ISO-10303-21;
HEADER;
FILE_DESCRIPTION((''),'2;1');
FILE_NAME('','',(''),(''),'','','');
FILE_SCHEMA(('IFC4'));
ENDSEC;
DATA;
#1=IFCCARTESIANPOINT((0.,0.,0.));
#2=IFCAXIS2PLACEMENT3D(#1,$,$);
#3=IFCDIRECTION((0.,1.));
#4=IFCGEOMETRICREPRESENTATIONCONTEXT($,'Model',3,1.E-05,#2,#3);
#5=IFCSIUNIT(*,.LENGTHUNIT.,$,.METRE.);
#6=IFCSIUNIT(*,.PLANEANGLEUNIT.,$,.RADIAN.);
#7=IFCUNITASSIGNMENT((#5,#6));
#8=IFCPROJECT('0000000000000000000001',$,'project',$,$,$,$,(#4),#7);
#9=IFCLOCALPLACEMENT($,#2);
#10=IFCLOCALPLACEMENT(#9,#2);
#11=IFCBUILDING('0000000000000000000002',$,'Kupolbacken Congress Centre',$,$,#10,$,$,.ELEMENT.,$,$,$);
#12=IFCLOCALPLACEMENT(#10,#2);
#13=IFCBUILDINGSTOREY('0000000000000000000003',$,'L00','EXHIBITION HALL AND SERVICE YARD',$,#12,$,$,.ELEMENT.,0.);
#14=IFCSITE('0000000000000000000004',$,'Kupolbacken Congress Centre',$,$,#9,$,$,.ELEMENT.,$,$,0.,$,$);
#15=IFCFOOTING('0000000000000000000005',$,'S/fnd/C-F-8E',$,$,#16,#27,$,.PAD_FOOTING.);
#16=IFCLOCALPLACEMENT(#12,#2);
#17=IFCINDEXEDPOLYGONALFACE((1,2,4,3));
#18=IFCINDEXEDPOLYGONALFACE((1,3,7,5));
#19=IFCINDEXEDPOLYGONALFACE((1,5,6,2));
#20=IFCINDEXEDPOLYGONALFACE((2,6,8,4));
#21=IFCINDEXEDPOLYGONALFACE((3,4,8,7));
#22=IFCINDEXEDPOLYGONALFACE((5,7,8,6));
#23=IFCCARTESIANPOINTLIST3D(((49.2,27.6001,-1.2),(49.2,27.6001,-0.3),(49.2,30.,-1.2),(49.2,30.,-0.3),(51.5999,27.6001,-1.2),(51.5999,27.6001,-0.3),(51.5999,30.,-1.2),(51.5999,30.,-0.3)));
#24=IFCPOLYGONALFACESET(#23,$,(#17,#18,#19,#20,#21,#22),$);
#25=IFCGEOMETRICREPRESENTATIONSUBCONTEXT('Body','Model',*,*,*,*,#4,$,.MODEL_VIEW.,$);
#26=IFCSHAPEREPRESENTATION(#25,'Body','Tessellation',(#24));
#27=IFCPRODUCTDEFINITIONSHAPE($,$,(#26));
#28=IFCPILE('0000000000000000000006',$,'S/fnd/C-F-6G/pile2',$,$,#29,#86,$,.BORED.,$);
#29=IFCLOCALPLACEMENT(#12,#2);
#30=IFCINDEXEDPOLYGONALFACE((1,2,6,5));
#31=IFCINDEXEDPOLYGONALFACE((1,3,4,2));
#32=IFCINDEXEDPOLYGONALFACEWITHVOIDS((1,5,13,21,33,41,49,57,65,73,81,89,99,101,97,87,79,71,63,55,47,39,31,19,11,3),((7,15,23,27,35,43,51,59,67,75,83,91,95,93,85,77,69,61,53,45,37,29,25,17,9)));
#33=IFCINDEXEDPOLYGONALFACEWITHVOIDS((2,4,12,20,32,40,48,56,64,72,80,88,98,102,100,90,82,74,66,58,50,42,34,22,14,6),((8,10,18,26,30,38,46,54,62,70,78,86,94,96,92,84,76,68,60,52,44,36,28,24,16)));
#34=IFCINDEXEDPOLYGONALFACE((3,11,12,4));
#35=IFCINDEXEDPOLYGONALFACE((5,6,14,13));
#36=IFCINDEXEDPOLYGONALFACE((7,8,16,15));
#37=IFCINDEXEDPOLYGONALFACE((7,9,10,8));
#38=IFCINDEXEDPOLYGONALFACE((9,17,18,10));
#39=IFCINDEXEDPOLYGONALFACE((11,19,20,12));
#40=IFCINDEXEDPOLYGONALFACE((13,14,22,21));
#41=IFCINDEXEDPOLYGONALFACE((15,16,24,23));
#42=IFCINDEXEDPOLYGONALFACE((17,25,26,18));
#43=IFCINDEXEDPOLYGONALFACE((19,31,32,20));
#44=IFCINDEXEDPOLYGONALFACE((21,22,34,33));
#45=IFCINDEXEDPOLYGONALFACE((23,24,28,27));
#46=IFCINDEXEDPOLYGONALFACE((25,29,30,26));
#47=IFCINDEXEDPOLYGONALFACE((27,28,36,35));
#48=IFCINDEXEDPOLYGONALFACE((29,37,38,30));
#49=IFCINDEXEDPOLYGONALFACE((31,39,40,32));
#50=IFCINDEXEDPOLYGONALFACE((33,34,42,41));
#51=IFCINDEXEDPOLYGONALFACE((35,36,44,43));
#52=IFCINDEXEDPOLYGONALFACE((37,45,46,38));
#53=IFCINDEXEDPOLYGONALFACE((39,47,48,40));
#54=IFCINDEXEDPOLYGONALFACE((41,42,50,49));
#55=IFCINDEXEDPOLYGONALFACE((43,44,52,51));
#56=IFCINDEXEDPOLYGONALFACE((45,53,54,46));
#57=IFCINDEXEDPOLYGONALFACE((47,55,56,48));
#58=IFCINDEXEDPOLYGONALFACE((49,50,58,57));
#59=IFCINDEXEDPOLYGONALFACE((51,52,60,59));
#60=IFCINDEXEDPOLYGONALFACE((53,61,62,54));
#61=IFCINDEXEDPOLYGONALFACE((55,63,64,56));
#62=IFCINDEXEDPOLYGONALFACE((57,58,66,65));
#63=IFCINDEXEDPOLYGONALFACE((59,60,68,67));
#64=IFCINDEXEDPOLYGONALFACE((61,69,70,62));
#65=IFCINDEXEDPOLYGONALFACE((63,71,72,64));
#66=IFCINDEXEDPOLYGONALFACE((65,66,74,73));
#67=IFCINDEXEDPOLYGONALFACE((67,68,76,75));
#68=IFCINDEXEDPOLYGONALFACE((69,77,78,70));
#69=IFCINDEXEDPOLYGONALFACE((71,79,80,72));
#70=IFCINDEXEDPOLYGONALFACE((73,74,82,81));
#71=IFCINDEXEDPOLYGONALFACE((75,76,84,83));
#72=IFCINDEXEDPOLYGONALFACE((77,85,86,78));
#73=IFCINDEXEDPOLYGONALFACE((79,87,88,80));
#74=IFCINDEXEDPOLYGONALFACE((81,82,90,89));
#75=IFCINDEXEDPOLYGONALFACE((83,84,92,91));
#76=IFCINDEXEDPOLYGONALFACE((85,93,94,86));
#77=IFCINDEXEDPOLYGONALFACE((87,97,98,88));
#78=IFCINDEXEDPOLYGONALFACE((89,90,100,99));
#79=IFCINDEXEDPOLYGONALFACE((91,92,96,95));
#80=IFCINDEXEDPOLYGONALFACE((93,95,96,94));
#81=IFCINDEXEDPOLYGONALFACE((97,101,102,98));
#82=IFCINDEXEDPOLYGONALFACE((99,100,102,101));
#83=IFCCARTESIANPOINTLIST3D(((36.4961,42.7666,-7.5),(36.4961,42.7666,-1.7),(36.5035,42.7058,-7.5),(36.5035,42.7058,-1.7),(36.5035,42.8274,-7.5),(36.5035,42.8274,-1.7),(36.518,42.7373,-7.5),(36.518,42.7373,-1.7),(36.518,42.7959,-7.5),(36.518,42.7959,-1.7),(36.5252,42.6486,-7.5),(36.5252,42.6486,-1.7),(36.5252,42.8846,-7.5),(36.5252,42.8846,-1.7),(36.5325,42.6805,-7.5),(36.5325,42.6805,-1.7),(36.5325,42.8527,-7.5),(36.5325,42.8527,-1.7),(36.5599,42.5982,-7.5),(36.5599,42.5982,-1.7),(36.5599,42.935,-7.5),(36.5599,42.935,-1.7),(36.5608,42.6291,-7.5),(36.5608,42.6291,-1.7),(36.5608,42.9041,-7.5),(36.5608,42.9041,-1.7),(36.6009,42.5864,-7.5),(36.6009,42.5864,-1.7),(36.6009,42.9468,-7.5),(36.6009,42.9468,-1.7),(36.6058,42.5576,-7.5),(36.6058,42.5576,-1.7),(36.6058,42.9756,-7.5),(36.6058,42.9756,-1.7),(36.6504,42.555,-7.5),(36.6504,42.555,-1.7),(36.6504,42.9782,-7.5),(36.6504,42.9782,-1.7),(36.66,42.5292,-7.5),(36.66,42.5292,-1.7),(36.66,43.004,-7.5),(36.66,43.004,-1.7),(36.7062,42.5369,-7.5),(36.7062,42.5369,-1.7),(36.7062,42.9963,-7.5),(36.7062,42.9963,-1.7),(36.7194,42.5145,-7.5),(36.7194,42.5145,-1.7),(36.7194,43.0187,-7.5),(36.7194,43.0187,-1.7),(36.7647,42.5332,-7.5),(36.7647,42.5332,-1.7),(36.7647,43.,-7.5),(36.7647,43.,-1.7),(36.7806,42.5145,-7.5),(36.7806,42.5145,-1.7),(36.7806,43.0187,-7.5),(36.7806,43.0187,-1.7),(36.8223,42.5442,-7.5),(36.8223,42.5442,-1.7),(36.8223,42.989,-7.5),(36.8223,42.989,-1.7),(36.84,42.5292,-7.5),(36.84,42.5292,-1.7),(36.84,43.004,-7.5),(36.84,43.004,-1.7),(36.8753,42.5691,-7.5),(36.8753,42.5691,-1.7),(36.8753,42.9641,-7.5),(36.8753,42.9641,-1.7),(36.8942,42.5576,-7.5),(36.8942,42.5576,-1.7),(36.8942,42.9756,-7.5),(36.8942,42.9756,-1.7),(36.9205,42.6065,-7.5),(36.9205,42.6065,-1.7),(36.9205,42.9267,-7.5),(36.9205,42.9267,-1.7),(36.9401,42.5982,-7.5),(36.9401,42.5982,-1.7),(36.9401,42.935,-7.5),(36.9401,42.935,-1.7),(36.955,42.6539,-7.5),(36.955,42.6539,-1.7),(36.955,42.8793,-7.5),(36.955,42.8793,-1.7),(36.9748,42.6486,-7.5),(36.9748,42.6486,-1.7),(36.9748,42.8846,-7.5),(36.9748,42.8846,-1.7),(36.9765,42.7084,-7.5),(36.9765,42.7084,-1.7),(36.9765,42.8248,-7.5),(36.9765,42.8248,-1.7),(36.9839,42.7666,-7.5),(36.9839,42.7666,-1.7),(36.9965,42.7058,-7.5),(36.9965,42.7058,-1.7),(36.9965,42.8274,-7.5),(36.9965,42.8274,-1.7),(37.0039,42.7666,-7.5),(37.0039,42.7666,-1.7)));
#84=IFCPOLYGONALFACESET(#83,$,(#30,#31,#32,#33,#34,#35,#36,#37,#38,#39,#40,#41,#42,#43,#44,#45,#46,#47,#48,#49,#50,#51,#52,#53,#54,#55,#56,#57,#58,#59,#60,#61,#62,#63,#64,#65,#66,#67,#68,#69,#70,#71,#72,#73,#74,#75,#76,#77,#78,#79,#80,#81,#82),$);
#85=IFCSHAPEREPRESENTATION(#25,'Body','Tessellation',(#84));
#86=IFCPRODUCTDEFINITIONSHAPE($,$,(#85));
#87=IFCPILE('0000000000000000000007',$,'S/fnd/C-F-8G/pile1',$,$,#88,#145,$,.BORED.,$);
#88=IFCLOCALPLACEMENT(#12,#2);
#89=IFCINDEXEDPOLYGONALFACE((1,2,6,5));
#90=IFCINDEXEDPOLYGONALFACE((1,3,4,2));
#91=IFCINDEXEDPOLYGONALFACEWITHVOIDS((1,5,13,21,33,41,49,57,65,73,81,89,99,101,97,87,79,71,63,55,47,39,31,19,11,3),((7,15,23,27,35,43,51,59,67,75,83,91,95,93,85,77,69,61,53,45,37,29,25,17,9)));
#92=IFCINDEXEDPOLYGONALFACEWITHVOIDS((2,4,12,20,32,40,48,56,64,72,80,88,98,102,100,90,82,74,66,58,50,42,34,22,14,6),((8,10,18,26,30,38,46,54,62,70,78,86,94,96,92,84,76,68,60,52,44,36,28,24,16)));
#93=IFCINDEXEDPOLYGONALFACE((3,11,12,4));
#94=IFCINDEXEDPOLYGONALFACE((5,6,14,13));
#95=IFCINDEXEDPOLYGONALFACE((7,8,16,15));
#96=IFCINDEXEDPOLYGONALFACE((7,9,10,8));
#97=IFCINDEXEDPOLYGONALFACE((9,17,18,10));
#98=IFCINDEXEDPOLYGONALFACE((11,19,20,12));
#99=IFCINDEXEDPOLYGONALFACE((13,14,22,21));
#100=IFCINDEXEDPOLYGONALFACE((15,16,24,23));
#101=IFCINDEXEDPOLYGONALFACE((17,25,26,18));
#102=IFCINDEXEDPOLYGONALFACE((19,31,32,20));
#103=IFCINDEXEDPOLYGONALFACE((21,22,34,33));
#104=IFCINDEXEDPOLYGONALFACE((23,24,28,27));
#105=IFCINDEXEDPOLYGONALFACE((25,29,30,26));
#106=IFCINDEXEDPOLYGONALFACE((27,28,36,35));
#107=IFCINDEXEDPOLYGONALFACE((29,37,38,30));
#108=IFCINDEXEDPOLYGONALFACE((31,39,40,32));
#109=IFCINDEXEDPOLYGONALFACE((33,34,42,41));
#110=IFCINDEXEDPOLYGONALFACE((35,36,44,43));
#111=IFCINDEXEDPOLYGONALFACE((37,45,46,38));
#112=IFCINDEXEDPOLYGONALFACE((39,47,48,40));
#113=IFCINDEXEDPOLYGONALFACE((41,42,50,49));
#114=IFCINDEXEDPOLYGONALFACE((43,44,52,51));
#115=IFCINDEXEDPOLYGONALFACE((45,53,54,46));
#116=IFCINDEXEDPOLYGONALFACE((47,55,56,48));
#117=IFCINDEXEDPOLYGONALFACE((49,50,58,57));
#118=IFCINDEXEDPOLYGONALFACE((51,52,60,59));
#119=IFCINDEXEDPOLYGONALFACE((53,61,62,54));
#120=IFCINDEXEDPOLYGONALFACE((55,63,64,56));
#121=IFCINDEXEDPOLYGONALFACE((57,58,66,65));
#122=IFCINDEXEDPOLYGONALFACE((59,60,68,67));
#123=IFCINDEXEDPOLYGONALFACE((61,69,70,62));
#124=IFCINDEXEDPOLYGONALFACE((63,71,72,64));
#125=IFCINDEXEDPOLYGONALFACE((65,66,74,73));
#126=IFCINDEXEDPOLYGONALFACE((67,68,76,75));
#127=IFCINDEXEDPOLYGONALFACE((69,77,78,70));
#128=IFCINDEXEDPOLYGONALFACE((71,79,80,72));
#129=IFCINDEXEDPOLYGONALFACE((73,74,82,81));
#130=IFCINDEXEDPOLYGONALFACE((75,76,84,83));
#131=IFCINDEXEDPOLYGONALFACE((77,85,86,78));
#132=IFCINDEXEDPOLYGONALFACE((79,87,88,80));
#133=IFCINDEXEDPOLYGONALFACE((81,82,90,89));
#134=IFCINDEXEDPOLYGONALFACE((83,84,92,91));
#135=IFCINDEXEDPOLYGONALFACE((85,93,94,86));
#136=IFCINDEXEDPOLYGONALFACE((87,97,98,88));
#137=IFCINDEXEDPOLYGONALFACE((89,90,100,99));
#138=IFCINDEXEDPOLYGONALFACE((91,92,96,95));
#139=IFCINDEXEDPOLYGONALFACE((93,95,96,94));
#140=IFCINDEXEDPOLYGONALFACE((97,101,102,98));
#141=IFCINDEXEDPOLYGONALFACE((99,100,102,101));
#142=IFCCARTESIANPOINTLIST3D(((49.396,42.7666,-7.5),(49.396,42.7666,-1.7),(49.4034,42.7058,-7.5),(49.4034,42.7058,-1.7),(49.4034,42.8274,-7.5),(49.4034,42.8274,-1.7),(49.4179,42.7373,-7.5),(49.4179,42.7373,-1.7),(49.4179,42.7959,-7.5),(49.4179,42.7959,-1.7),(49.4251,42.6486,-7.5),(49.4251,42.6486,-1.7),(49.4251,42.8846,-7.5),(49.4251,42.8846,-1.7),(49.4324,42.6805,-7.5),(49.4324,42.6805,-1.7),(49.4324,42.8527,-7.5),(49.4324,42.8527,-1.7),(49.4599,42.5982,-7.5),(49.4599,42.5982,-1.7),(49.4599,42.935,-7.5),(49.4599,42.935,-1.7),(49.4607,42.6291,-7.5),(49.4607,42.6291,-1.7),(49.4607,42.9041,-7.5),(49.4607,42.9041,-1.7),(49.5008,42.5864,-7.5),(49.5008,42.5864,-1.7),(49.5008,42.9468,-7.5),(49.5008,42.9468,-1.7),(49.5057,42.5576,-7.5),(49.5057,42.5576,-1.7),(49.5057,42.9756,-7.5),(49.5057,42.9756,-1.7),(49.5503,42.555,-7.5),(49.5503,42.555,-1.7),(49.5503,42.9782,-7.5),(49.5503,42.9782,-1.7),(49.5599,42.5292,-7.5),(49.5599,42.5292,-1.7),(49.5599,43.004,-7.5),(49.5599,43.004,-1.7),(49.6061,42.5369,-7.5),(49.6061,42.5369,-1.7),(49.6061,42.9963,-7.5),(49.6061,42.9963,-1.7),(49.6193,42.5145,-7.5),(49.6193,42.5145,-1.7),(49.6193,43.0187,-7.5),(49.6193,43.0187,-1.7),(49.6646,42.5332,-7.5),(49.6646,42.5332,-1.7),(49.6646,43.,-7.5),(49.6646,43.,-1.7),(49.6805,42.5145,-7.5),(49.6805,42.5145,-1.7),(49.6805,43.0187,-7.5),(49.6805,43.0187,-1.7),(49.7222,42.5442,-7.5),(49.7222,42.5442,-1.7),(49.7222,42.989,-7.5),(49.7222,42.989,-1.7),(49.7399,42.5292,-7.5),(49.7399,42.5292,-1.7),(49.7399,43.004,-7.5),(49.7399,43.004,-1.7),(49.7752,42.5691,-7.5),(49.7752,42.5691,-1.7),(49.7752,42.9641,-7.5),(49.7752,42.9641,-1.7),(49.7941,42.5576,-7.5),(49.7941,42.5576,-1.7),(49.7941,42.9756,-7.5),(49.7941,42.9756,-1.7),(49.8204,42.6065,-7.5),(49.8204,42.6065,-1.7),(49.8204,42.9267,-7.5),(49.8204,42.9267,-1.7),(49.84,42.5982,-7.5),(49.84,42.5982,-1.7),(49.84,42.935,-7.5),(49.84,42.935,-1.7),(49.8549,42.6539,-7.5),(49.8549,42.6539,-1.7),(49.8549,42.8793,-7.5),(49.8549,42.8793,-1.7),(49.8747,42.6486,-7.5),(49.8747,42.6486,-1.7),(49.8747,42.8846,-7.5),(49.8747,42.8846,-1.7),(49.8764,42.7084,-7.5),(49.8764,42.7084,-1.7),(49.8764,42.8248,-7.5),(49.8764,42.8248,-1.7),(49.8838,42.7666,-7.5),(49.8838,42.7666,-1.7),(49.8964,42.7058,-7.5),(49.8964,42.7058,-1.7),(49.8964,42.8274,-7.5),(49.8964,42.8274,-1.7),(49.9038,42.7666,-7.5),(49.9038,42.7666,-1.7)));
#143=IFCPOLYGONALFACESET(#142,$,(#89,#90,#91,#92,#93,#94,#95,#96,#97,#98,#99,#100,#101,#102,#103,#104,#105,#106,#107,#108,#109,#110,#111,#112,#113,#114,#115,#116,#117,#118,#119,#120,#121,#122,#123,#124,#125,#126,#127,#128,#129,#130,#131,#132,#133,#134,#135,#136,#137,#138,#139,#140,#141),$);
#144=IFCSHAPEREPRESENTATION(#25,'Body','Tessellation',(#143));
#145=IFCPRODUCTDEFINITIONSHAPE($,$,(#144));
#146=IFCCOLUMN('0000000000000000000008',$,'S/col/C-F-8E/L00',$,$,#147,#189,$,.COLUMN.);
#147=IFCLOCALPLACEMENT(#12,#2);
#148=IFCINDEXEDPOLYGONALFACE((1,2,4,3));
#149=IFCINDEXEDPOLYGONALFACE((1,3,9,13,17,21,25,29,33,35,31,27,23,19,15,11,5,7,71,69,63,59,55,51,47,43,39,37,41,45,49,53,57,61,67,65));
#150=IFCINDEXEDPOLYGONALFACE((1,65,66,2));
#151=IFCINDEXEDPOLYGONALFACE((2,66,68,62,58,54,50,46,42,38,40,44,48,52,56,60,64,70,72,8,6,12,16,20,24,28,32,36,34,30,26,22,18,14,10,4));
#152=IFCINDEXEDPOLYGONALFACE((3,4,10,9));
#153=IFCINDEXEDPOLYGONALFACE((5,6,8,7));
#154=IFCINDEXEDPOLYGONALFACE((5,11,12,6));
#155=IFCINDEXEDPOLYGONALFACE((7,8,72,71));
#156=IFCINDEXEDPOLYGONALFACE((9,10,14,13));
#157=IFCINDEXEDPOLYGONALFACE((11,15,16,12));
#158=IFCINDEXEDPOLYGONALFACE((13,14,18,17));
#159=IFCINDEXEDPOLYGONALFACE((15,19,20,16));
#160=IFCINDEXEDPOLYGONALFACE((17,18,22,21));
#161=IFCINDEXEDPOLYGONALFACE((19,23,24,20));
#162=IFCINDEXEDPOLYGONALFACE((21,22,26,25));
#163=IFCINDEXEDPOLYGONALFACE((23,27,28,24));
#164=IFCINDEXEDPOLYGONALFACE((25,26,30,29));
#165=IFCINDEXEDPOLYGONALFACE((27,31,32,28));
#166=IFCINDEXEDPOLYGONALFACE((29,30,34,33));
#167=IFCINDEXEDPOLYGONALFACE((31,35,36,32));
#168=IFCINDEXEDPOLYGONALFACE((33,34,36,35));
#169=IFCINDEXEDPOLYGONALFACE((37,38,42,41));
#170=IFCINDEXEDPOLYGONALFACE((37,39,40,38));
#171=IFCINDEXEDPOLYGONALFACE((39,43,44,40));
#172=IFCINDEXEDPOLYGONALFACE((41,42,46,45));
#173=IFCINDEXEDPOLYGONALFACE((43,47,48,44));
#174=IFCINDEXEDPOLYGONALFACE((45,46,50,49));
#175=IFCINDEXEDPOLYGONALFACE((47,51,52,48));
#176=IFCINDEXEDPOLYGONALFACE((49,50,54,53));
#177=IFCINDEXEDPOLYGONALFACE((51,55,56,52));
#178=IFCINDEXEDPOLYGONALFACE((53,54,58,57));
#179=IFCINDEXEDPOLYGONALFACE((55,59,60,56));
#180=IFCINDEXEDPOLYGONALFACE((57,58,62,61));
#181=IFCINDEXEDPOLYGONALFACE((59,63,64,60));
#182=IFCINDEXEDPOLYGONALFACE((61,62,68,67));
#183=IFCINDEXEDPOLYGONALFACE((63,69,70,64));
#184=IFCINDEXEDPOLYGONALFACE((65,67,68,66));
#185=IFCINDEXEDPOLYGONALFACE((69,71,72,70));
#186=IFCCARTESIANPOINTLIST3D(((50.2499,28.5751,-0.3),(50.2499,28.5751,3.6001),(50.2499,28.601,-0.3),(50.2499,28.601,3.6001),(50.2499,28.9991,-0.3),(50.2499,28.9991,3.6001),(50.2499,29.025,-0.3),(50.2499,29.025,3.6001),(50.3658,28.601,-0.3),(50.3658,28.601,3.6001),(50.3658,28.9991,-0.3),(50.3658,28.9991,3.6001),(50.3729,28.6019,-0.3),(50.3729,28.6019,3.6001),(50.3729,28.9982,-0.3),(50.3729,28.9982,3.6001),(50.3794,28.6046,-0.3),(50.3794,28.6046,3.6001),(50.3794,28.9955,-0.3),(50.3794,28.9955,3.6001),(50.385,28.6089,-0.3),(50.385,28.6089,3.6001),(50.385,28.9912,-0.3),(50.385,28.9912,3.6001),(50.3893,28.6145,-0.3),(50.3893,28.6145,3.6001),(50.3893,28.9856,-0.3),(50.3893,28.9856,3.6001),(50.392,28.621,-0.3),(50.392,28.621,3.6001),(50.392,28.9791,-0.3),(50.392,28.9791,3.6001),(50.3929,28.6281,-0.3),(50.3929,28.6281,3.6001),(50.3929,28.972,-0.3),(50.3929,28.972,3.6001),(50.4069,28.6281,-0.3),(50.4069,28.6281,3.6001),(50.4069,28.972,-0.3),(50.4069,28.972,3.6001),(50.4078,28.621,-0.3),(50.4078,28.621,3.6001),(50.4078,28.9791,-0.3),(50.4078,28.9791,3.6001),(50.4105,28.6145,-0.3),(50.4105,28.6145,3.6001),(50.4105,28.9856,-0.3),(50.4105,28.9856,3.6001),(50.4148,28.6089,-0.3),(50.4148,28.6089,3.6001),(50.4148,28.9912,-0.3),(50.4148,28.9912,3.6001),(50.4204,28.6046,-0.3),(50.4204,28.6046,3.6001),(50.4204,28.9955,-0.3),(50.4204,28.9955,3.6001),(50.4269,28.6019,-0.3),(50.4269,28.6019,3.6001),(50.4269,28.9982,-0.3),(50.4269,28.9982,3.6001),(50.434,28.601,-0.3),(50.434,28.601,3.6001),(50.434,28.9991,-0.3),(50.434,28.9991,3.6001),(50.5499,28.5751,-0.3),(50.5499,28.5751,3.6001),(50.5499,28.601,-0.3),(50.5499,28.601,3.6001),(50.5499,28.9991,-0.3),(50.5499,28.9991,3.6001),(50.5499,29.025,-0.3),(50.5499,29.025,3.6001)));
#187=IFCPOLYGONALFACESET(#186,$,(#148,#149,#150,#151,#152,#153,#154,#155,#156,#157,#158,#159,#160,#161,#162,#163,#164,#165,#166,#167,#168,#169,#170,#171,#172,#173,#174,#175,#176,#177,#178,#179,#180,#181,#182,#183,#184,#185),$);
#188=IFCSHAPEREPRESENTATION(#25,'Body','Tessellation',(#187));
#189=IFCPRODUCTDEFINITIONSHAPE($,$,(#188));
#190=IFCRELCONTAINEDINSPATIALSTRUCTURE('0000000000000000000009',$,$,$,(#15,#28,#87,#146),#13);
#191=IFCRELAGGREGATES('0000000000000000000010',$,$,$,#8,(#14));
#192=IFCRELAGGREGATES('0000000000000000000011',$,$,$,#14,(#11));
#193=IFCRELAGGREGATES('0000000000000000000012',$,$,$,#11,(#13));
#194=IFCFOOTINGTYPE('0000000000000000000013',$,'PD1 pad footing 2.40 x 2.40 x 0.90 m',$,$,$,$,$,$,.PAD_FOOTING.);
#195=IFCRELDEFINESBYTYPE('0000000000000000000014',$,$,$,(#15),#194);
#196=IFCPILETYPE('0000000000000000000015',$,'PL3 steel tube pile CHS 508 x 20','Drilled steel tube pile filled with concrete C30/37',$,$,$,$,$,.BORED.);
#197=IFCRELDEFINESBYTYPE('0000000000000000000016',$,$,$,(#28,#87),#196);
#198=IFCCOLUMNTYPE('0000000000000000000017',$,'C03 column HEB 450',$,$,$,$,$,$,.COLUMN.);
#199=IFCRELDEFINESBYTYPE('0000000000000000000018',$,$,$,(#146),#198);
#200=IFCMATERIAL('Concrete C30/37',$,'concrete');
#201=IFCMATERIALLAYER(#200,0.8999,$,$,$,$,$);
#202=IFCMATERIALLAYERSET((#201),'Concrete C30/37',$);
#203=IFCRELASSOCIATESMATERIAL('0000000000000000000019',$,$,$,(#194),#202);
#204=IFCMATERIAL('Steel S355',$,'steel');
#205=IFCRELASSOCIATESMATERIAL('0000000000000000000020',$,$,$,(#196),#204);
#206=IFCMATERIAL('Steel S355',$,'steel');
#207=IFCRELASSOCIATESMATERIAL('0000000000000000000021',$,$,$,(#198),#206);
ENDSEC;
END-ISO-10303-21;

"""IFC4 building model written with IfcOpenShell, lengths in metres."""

from ifc_helpers import new_model, si_unit, direction, frame, origin, origin_2d, place, context, subcontext, project, spatial, rectangle, hollow_circle, i_section, extrude, material, layer, layer_set, material_profile, profile_set, type_object, element, save


model = new_model("IFC4")

# Units and contexts
model_context = context("Model", 3, precision=1e-05, world=origin(), true_north=direction((0.0, 1.0)))
body_context = subcontext(model_context, "Body", "Model", "MODEL_VIEW")
ifc_project = project(units=[si_unit("LENGTHUNIT", "METRE"), si_unit("PLANEANGLEUNIT", "RADIAN")], contexts=[model_context])

# Site, building, storey
site_placement = place(None, origin())
site = spatial("IfcSite", under=ifc_project, at=site_placement, Name="Kupolbacken Congress Centre", CompositionType="ELEMENT", RefElevation=0.0)
building_placement = place(site_placement, origin())
building = spatial("IfcBuilding", under=site, at=building_placement, Name="Kupolbacken Congress Centre", CompositionType="ELEMENT")
storey_placement = place(building_placement, origin())
storey = spatial("IfcBuildingStorey", under=building, at=storey_placement, Name="L00", Description="EXHIBITION HALL AND SERVICE YARD", CompositionType="ELEMENT", Elevation=0.0)

# Footing
ifc_material_1 = material(Name="Concrete C30/37", Category="concrete")
ifc_layer_1 = layer(ifc_material_1, 0.8999)
ifc_layer_set_1 = layer_set([ifc_layer_1], Name="Concrete C30/37")
footing_type = type_object("IfcFootingType", Name="PD1 pad footing 2.40 x 2.40 x 0.90 m", PredefinedType="PAD_FOOTING", material=ifc_layer_set_1)
footing_placement = place(storey_placement, frame((50.3999, 28.8, -1.2), z_axis=(0.0, 0.0, 1.0), x_axis=(1.0, 0.0, 0.0)))
element("IfcFooting", 1, at=footing_placement, inside=storey, type_object=footing_type, Name="S/fnd/C-F-8E", PredefinedType="PAD_FOOTING", context=body_context, shape_type="SweptSolid", body=[
    extrude(rectangle(XDim=2.3999, YDim=2.3999, at=origin_2d()), origin(), (0.0, 0.0, 1.0), 0.8999),
])

# Piles
ifc_material_2 = material(Name="Steel S355", Category="steel")
ifc_material_profile_1 = material_profile(ifc_material_2, hollow_circle(Radius=0.2539, WallThickness=0.02, at=origin_2d()), Name="CHS 508 x 20")
ifc_profile_set_1 = profile_set([ifc_material_profile_1], Name="Steel S355")
pile_type = type_object("IfcPileType", Name="PL3 steel tube pile CHS 508 x 20", Description="Drilled steel tube pile filled with concrete C30/37", PredefinedType="BORED", material=ifc_profile_set_1)
for number, where, z_axis, x_axis, name in (
    (2, (36.75, 42.7666, -1.7), (0.0, 0.0, -1.0), (1.0, 0.0, 0.0), "S/fnd/C-F-6G/pile2"),
    (3, (49.6499, 42.7666, -1.7), (0.0, 0.0, -1.0), (1.0, 0.0, 0.0), "S/fnd/C-F-8G/pile1"),
):
    element("IfcPile", number, at=place(storey_placement, frame(where, z_axis=z_axis, x_axis=x_axis)), inside=storey, type_object=pile_type, Name=name, PredefinedType="BORED", context=body_context, shape_type="SweptSolid", body=[
        extrude(hollow_circle(Radius=0.2539, WallThickness=0.02, at=origin_2d()), origin(), (0.0, 0.0, 1.0), 5.8),
    ])

# Column
ifc_material_3 = material(Name="Steel S355", Category="steel")
ifc_material_profile_2 = material_profile(ifc_material_3, i_section(OverallWidth=0.3, OverallDepth=0.45, WebThickness=0.0139, FlangeThickness=0.0259, FilletRadius=0.0271, at=origin_2d()), Name="HEB 450")
ifc_profile_set_2 = profile_set([ifc_material_profile_2], Name="Steel S355")
column_type = type_object("IfcColumnType", Name="C03 column HEB 450", PredefinedType="COLUMN", material=ifc_profile_set_2)
column_placement = place(storey_placement, frame((50.3999, 28.8, -0.3), z_axis=(0.0, 0.0, 1.0), x_axis=(1.0, 0.0, 0.0)))
element("IfcColumn", 4, at=column_placement, inside=storey, type_object=column_type, Name="S/col/C-F-8E/L00", PredefinedType="COLUMN", context=body_context, shape_type="SweptSolid", body=[
    extrude(i_section(OverallWidth=0.3, OverallDepth=0.45, WebThickness=0.0139, FlangeThickness=0.0259, FilletRadius=0.0271, at=origin_2d()), origin(), (0.0, 0.0, 1.0), 3.9001),
])

save(model, "model.ifc")
